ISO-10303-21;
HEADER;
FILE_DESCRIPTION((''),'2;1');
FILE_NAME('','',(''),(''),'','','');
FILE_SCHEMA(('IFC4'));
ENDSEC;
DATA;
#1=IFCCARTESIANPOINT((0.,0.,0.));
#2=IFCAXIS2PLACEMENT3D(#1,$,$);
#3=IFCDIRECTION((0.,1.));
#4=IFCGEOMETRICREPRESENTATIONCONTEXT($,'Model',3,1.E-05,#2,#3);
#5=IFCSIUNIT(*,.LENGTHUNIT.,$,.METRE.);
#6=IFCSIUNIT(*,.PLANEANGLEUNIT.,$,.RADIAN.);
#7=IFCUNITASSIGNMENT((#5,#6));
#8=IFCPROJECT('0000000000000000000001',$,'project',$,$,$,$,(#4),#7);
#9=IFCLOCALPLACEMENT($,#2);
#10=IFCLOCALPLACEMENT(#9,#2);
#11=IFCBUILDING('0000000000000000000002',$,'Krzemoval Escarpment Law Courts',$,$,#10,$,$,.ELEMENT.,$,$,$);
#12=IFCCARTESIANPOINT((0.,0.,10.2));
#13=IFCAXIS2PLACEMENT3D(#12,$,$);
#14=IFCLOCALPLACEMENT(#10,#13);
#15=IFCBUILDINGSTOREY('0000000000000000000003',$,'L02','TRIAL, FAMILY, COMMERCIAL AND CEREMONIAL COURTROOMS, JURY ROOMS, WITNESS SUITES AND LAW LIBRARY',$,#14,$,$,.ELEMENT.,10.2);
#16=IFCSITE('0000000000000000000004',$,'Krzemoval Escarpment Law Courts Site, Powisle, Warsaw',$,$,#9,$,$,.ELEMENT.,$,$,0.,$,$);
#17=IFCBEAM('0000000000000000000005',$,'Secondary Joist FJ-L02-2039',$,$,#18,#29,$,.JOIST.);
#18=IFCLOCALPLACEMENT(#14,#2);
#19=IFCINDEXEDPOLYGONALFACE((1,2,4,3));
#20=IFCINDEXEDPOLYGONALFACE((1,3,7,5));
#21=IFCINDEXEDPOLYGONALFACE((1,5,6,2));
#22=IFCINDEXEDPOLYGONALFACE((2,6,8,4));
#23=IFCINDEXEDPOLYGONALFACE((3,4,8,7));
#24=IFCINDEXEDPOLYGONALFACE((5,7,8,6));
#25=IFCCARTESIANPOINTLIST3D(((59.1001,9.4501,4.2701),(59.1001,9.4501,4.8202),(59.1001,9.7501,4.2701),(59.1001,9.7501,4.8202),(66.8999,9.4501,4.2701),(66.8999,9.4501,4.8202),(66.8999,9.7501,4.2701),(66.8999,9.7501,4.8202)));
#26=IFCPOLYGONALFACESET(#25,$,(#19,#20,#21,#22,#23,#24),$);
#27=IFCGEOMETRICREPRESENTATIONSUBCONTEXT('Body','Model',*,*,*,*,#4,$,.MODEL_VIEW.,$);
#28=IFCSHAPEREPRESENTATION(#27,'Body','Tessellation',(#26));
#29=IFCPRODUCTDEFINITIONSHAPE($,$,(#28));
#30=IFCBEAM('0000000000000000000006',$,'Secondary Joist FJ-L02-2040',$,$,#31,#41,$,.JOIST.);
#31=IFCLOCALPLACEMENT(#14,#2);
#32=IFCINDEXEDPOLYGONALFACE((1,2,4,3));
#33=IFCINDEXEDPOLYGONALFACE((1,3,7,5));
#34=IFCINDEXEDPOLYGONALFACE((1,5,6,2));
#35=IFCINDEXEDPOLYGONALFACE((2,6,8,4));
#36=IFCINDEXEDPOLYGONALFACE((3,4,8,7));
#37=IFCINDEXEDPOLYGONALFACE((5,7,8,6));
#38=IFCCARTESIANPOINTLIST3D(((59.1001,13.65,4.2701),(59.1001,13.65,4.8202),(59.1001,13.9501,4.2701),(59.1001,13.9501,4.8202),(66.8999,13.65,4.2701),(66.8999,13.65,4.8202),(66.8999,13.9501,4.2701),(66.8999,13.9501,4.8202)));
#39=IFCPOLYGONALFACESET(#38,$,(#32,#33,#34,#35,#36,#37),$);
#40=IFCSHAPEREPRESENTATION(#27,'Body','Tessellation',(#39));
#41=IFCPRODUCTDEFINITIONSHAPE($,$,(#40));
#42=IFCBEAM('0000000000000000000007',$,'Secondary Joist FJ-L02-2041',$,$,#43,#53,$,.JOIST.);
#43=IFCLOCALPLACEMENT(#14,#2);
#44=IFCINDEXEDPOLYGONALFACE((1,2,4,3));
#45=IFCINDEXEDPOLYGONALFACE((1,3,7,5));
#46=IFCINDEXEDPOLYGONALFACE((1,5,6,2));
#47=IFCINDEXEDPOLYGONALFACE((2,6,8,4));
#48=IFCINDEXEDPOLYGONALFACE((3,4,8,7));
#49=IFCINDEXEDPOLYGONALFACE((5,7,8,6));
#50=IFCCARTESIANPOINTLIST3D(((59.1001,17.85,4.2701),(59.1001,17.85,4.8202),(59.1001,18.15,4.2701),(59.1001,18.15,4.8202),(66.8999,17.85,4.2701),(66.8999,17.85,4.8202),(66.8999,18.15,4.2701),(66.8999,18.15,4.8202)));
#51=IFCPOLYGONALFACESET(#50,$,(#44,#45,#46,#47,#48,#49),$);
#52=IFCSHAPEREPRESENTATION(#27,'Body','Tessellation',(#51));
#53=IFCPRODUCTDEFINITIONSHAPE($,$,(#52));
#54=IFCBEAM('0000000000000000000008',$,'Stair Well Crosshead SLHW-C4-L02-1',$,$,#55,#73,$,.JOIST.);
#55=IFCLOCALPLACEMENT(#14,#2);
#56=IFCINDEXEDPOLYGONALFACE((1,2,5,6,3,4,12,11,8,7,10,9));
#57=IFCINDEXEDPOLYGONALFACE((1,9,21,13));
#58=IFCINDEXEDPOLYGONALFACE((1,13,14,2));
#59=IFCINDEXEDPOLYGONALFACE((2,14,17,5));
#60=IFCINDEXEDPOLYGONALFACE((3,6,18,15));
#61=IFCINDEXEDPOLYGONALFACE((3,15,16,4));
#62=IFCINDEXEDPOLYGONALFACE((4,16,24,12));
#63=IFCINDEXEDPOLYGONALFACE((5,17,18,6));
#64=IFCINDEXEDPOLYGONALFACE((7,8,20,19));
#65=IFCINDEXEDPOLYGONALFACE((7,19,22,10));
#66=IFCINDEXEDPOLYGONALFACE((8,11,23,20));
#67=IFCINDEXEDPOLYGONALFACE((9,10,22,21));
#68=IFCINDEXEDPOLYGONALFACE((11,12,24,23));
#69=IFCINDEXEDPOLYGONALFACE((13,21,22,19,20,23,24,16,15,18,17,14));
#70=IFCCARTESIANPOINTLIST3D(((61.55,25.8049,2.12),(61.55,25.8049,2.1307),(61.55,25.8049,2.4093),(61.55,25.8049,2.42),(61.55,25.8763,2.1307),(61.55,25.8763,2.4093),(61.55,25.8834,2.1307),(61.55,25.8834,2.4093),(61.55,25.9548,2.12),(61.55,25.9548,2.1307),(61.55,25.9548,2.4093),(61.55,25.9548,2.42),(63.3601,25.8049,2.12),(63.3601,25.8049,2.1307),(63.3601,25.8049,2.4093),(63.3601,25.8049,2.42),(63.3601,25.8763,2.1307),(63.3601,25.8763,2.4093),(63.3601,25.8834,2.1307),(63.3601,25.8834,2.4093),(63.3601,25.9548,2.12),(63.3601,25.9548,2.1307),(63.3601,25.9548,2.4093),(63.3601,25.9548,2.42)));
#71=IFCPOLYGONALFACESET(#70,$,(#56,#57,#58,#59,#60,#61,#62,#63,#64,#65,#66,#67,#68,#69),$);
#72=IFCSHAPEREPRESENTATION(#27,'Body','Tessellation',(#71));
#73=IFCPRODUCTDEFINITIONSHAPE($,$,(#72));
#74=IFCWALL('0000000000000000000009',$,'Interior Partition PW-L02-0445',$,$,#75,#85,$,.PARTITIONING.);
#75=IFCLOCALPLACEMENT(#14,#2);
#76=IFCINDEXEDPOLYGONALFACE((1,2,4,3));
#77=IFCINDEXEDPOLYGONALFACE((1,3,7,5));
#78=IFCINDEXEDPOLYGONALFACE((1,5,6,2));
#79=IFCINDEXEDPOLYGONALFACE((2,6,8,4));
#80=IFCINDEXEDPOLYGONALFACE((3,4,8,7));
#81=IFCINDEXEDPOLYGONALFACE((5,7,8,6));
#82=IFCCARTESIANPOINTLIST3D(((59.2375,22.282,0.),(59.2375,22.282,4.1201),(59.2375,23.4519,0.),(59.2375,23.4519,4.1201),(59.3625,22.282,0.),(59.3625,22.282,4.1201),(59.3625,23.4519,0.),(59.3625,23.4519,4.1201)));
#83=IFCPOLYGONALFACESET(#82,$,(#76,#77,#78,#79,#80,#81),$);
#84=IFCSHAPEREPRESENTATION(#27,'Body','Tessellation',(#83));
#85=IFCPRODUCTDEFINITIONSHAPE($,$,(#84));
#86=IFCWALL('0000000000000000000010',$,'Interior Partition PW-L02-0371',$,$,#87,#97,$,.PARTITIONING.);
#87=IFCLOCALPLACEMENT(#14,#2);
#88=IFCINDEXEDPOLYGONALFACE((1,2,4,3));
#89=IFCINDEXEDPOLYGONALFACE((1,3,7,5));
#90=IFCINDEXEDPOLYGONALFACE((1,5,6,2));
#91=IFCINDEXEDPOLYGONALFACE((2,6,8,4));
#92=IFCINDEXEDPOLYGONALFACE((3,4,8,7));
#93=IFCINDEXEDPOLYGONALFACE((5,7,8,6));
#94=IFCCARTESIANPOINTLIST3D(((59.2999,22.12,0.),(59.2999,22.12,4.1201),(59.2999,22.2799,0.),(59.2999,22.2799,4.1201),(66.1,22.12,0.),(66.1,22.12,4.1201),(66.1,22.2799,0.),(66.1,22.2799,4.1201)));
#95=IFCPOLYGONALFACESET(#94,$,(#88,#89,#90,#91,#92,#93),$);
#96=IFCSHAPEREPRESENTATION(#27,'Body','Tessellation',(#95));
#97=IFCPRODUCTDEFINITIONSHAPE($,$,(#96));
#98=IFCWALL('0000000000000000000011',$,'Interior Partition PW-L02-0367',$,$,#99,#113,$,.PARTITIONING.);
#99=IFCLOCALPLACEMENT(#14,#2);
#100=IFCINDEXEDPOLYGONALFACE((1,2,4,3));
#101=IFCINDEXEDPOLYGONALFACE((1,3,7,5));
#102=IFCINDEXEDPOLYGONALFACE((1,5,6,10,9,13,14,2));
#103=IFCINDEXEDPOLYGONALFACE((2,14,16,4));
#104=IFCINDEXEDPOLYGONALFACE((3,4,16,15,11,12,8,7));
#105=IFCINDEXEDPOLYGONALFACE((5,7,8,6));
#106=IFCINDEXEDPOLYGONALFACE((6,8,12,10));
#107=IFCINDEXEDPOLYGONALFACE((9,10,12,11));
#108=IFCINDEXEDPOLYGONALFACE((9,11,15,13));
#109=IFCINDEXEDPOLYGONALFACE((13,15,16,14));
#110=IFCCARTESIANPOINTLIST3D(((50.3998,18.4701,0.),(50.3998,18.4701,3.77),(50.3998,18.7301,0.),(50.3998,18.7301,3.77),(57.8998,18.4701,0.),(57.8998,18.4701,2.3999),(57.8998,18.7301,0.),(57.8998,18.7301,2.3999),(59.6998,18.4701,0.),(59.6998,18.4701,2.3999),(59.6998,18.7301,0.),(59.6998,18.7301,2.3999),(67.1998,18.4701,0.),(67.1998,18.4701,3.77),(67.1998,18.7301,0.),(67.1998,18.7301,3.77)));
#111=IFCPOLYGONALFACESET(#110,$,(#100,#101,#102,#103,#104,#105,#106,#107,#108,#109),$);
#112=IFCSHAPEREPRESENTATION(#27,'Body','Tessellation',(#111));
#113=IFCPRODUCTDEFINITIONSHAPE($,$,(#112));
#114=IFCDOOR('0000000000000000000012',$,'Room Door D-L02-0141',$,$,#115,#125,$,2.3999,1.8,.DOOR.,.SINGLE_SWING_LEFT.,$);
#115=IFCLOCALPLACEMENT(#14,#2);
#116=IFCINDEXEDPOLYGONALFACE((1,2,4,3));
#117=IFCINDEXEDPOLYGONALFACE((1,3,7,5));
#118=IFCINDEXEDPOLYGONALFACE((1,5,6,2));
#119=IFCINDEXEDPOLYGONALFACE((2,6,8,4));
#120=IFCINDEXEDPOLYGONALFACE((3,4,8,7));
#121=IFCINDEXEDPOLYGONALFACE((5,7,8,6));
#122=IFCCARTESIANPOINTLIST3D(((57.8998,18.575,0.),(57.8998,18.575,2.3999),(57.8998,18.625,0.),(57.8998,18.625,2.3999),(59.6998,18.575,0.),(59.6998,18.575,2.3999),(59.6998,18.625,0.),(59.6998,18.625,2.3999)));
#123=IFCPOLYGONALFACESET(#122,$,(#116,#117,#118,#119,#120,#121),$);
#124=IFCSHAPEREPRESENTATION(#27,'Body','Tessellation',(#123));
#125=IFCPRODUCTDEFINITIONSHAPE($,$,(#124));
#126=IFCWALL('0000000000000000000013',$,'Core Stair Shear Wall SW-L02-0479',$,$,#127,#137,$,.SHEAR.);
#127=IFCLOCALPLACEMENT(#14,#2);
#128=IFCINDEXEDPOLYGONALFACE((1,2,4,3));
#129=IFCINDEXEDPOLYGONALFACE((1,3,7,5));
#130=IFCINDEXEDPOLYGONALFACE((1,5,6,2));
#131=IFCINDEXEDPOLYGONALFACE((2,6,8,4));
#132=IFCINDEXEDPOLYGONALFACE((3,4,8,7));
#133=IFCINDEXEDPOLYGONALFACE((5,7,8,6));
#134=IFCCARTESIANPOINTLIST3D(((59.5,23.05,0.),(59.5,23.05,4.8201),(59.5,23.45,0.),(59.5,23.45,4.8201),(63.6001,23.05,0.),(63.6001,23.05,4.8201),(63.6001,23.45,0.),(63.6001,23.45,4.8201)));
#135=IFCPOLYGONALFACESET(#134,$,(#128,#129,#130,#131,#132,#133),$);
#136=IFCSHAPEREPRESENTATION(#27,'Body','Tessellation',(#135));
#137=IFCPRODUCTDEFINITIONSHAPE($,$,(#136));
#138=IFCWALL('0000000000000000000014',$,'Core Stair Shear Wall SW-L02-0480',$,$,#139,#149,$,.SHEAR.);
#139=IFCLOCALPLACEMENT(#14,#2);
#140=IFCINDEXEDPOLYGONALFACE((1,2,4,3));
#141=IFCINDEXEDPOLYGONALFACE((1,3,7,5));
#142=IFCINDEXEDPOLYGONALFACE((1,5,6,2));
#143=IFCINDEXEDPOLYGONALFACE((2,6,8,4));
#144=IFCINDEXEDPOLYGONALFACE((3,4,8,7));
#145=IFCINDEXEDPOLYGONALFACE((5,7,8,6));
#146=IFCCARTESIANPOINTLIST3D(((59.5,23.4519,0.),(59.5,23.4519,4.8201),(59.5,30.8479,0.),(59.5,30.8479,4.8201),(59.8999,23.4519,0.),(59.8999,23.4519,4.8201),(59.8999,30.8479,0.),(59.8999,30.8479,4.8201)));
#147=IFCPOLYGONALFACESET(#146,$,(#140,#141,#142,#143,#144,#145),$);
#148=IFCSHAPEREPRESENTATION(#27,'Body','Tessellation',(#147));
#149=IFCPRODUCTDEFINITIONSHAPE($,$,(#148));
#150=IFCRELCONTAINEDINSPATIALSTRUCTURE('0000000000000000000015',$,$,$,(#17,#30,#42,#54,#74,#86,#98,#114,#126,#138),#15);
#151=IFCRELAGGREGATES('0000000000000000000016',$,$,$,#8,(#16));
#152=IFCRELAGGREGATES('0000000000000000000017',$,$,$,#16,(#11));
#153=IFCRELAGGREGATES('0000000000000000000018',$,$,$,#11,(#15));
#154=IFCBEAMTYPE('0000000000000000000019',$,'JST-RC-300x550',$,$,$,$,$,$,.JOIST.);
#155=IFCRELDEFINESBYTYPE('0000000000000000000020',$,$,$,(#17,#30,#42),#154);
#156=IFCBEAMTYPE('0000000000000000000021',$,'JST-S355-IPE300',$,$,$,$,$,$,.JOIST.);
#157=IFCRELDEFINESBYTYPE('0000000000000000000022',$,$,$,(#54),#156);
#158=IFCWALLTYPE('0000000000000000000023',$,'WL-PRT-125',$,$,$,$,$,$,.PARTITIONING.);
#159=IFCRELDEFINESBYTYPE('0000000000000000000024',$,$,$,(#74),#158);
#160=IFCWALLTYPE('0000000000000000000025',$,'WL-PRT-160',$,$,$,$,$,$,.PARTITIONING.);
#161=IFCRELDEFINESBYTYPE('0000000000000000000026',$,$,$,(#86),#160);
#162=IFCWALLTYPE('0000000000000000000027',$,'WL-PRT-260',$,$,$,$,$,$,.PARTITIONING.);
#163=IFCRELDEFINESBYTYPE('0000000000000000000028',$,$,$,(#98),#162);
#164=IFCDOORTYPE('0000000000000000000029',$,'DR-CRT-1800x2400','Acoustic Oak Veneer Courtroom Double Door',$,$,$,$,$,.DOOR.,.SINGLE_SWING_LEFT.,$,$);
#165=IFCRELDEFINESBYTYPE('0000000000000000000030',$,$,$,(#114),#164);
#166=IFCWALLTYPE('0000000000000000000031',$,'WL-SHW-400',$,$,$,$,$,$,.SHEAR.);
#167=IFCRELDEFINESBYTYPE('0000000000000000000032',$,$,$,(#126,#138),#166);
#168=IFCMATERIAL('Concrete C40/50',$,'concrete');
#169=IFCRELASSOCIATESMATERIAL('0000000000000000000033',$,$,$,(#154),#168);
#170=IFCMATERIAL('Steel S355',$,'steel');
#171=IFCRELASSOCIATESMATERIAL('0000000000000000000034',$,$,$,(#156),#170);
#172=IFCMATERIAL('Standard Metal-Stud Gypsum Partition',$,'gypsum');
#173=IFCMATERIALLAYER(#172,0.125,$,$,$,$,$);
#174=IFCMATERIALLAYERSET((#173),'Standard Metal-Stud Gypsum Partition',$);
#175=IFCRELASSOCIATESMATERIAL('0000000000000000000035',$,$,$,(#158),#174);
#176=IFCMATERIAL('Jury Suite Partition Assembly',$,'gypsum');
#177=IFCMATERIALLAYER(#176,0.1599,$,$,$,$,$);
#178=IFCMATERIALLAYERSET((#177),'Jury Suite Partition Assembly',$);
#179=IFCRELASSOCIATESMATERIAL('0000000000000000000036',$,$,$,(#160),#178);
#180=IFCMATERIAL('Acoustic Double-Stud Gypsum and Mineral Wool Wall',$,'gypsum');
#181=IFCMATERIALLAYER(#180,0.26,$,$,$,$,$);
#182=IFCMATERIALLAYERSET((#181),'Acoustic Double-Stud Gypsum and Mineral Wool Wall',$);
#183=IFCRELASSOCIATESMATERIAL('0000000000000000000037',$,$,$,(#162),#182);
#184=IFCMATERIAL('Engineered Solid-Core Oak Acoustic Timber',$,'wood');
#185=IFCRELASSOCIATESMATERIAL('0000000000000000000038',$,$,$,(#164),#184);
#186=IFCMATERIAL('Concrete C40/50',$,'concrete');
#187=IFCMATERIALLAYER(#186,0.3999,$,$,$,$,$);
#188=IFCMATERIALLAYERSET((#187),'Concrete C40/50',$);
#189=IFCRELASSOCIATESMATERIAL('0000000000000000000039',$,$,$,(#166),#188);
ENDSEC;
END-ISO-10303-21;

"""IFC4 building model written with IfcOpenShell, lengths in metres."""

from ifc_helpers import new_model, si_unit, direction, frame, frame_2d, origin, origin_2d, place, context, subcontext, project, spatial, rectangle, i_section, extrude, material, layer, layer_set, material_profile, profile_set, type_object, element, fill, save


model = new_model("IFC4")

# Units and contexts
model_context = context("Model", 3, precision=1e-05, world=origin(), true_north=direction((0.0, 1.0)))
body_context = subcontext(model_context, "Body", "Model", "MODEL_VIEW")
ifc_project = project(units=[si_unit("LENGTHUNIT", "METRE"), si_unit("PLANEANGLEUNIT", "RADIAN")], contexts=[model_context])

# Site, building, storey
site_placement = place(None, origin())
site = spatial("IfcSite", under=ifc_project, at=site_placement, Name="Krzemoval Escarpment Law Courts Site, Powisle, Warsaw", CompositionType="ELEMENT", RefElevation=0.0)
building_placement = place(site_placement, origin())
building = spatial("IfcBuilding", under=site, at=building_placement, Name="Krzemoval Escarpment Law Courts", CompositionType="ELEMENT")
storey_placement = place(building_placement, frame((0.0, 0.0, 10.2)))
storey = spatial("IfcBuildingStorey", under=building, at=storey_placement, Name="L02", Description="TRIAL, FAMILY, COMMERCIAL AND CEREMONIAL COURTROOMS, JURY ROOMS, WITNESS SUITES AND LAW LIBRARY", CompositionType="ELEMENT", Elevation=10.2)

# Beams
ifc_material_1 = material(Name="Concrete C40/50", Category="concrete")
ifc_material_profile_1 = material_profile(ifc_material_1, rectangle(XDim=0.3, YDim=0.55, at=origin_2d()), Name="RCB 300x550")
ifc_profile_set_1 = profile_set([ifc_material_profile_1], Name="Concrete C40/50")
beam_type_1 = type_object("IfcBeamType", Name="JST-RC-300x550", PredefinedType="JOIST", material=ifc_profile_set_1)
for number, where, z_axis, x_axis, name in (
    (1, (59.1001, 9.6001, 4.5452), (1.0, 0.0, 0.0), (0.0, 1.0, 0.0), "Secondary Joist FJ-L02-2039"),
    (2, (59.1001, 13.8, 4.5452), (1.0, 0.0, 0.0), (0.0, 1.0, 0.0), "Secondary Joist FJ-L02-2040"),
    (3, (59.1001, 18.0, 4.5452), (1.0, 0.0, 0.0), (0.0, 1.0, 0.0), "Secondary Joist FJ-L02-2041"),
):
    element("IfcBeam", number, at=place(storey_placement, frame(where, z_axis=z_axis, x_axis=x_axis)), inside=storey, type_object=beam_type_1, Name=name, PredefinedType="JOIST", context=body_context, shape_type="SweptSolid", body=[
        extrude(rectangle(XDim=0.3, YDim=0.55, at=origin_2d()), origin(), (0.0, 0.0, 1.0), 7.7998),
    ])
ifc_material_2 = material(Name="Steel S355", Category="steel")
ifc_material_profile_2 = material_profile(ifc_material_2, i_section(OverallWidth=0.1499, OverallDepth=0.3, WebThickness=0.0071, FlangeThickness=0.0107, at=origin_2d()), Name="IPE 300")
ifc_profile_set_2 = profile_set([ifc_material_profile_2], Name="Steel S355")
beam_type_2 = type_object("IfcBeamType", Name="JST-S355-IPE300", PredefinedType="JOIST", material=ifc_profile_set_2)
beam_1_placement = place(storey_placement, frame((61.55, 25.8799, 2.27), z_axis=(1.0, 0.0, 0.0), x_axis=(0.0, 1.0, 0.0)))
element("IfcBeam", 4, at=beam_1_placement, inside=storey, type_object=beam_type_2, Name="Stair Well Crosshead SLHW-C4-L02-1", PredefinedType="JOIST", context=body_context, shape_type="SweptSolid", body=[
    extrude(i_section(OverallWidth=0.1499, OverallDepth=0.3, WebThickness=0.0071, FlangeThickness=0.0107, at=origin_2d()), origin(), (0.0, 0.0, 1.0), 1.8101),
])

# Walls
ifc_material_3 = material(Name="Standard Metal-Stud Gypsum Partition", Category="gypsum")
ifc_layer_1 = layer(ifc_material_3, 0.125)
ifc_layer_set_1 = layer_set([ifc_layer_1], Name="Standard Metal-Stud Gypsum Partition")
wall_type_1 = type_object("IfcWallType", Name="WL-PRT-125", PredefinedType="PARTITIONING", material=ifc_layer_set_1)
wall_1_placement = place(storey_placement, frame((59.3, 22.282, 0.0), z_axis=(0.0, 0.0, 1.0), x_axis=(0.0, 1.0, 0.0)))
element("IfcWall", 5, at=wall_1_placement, inside=storey, type_object=wall_type_1, Name="Interior Partition PW-L02-0445", PredefinedType="PARTITIONING", context=body_context, shape_type="SweptSolid", body=[
    extrude(rectangle(XDim=1.1699, YDim=0.125, at=frame_2d((0.585, 0.0))), origin(), (0.0, 0.0, 1.0), 4.1201),
])
ifc_material_4 = material(Name="Jury Suite Partition Assembly", Category="gypsum")
ifc_layer_2 = layer(ifc_material_4, 0.1599)
ifc_layer_set_2 = layer_set([ifc_layer_2], Name="Jury Suite Partition Assembly")
wall_type_2 = type_object("IfcWallType", Name="WL-PRT-160", PredefinedType="PARTITIONING", material=ifc_layer_set_2)
wall_2_placement = place(storey_placement, frame((59.3, 22.2, 0.0), z_axis=(0.0, 0.0, 1.0), x_axis=(1.0, 0.0, 0.0)))
element("IfcWall", 6, at=wall_2_placement, inside=storey, type_object=wall_type_2, Name="Interior Partition PW-L02-0371", PredefinedType="PARTITIONING", context=body_context, shape_type="SweptSolid", body=[
    extrude(rectangle(XDim=6.8, YDim=0.1599, at=frame_2d((3.3999, 0.0))), origin(), (0.0, 0.0, 1.0), 4.1201),
])

# Wall, opening, door
ifc_material_5 = material(Name="Acoustic Double-Stud Gypsum and Mineral Wool Wall", Category="gypsum")
ifc_layer_3 = layer(ifc_material_5, 0.26)
ifc_layer_set_3 = layer_set([ifc_layer_3], Name="Acoustic Double-Stud Gypsum and Mineral Wool Wall")
wall_type_3 = type_object("IfcWallType", Name="WL-PRT-260", PredefinedType="PARTITIONING", material=ifc_layer_set_3)
wall_3_placement = place(storey_placement, frame((50.3999, 18.6001, 0.0), z_axis=(0.0, 0.0, 1.0), x_axis=(1.0, 0.0, 0.0)))
wall_3 = element("IfcWall", 7, at=wall_3_placement, inside=storey, type_object=wall_type_3, Name="Interior Partition PW-L02-0367", PredefinedType="PARTITIONING", context=body_context, shape_type="SweptSolid", body=[
    extrude(rectangle(XDim=16.8, YDim=0.26, at=frame_2d((8.3999, 0.0))), origin(), (0.0, 0.0, 1.0), 3.77),
])
opening_placement = place(wall_3_placement, frame((7.5, 0.0, 0.0)))
opening = element("IfcOpeningElement", 8, at=opening_placement, cuts=wall_3, PredefinedType="OPENING", context=body_context, shape_type="SweptSolid", body=[
    extrude(rectangle(XDim=1.8, YDim=2.3999, at=frame_2d((0.8999, 1.2))), frame((0.0, 0.145, 0.0), z_axis=(0.0, -1.0, 0.0), x_axis=(1.0, 0.0, 0.0)), (0.0, 0.0, 1.0), 0.29),
])
ifc_material_6 = material(Name="Engineered Solid-Core Oak Acoustic Timber", Category="wood")
door_type = type_object("IfcDoorType", Name="DR-CRT-1800x2400", Description="Acoustic Oak Veneer Courtroom Double Door", OperationType="SINGLE_SWING_LEFT", PredefinedType="DOOR", material=ifc_material_6)
door_placement = place(opening_placement, origin())
door = element("IfcDoor", 9, at=door_placement, inside=storey, type_object=door_type, Name="Room Door D-L02-0141", OperationType="SINGLE_SWING_LEFT", OverallHeight=2.3999, OverallWidth=1.8, PredefinedType="DOOR", context=body_context, shape_type="SweptSolid", body=[
    extrude(rectangle(XDim=1.8, YDim=2.3999, at=frame_2d((0.8999, 1.2))), frame((0.0, 0.0249, 0.0), z_axis=(0.0, -1.0, 0.0), x_axis=(1.0, 0.0, 0.0)), (0.0, 0.0, 1.0), 0.05),
])
fill(opening, door)

# Walls
ifc_material_7 = material(Name="Concrete C40/50", Category="concrete")
ifc_layer_4 = layer(ifc_material_7, 0.3999)
ifc_layer_set_4 = layer_set([ifc_layer_4], Name="Concrete C40/50")
wall_type_4 = type_object("IfcWallType", Name="WL-SHW-400", PredefinedType="SHEAR", material=ifc_layer_set_4)
wall_4_placement = place(storey_placement, frame((59.5, 23.25, 0.0), z_axis=(0.0, 0.0, 1.0), x_axis=(1.0, 0.0, 0.0)))
element("IfcWall", 10, at=wall_4_placement, inside=storey, type_object=wall_type_4, Name="Core Stair Shear Wall SW-L02-0479", PredefinedType="SHEAR", context=body_context, shape_type="SweptSolid", body=[
    extrude(rectangle(XDim=4.1001, YDim=0.3999, at=frame_2d((2.05, 0.0))), origin(), (0.0, 0.0, 1.0), 4.8201),
])
wall_5_placement = place(storey_placement, frame((59.7, 23.4519, 0.0), z_axis=(0.0, 0.0, 1.0), x_axis=(0.0, 1.0, 0.0)))
element("IfcWall", 11, at=wall_5_placement, inside=storey, type_object=wall_type_4, Name="Core Stair Shear Wall SW-L02-0480", PredefinedType="SHEAR", context=body_context, shape_type="SweptSolid", body=[
    extrude(rectangle(XDim=7.396, YDim=0.3999, at=frame_2d((3.698, 0.0))), origin(), (0.0, 0.0, 1.0), 4.8201),
])

save(model, "model.ifc")
